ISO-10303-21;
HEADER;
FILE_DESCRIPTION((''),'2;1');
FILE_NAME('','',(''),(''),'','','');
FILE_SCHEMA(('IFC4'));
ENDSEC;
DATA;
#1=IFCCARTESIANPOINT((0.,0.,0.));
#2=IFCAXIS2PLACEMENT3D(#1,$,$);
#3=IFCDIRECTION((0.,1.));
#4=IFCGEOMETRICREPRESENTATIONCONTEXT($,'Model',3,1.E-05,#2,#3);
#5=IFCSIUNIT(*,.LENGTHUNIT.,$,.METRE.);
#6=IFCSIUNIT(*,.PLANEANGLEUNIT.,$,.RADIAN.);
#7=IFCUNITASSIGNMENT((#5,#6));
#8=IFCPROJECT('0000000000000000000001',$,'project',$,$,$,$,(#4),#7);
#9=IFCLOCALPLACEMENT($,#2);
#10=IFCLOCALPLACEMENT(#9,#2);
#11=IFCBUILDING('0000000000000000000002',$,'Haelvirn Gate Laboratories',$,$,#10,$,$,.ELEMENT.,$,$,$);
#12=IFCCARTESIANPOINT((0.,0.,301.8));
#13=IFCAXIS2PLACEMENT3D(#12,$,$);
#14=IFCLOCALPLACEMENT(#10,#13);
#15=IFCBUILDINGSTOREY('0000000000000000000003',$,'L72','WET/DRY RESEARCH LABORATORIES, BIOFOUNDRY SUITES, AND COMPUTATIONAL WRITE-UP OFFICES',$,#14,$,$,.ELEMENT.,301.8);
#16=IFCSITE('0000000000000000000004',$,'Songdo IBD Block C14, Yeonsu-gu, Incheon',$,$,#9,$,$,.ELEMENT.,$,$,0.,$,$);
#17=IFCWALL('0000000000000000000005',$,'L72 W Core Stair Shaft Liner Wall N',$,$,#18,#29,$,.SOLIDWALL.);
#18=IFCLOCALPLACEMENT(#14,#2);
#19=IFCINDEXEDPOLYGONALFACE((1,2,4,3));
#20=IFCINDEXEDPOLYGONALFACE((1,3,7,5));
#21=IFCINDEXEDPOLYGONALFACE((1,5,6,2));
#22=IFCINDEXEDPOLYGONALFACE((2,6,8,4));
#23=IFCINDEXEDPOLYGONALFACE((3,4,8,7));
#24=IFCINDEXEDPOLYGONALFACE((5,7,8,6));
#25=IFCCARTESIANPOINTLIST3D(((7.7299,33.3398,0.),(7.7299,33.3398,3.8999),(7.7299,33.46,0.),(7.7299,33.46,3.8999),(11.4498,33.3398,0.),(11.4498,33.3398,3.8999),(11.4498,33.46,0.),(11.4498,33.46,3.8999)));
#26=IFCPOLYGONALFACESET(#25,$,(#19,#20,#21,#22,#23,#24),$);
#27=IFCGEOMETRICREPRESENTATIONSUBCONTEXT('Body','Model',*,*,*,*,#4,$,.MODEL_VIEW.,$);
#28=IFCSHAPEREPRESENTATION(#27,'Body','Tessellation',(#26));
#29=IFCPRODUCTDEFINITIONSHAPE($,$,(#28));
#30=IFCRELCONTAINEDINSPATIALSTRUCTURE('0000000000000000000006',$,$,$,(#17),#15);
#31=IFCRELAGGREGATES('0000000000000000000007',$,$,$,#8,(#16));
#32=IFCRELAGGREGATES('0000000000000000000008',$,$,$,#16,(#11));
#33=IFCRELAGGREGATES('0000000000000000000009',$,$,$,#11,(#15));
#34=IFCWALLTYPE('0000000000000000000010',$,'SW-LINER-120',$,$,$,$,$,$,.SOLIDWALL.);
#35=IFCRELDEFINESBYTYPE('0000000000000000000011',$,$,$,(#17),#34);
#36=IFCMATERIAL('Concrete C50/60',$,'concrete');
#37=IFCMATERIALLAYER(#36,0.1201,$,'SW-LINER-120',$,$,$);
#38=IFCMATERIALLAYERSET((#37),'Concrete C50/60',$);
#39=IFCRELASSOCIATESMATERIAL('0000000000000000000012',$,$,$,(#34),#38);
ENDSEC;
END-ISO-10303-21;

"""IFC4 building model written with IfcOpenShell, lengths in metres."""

from ifc_helpers import new_model, si_unit, direction, frame, frame_2d, origin, place, context, subcontext, project, spatial, rectangle, extrude, material, layer, layer_set, type_object, element, save


model = new_model("IFC4")

# Units and contexts
model_context = context("Model", 3, precision=1e-05, world=origin(), true_north=direction((0.0, 1.0)))
body_context = subcontext(model_context, "Body", "Model", "MODEL_VIEW")
ifc_project = project(units=[si_unit("LENGTHUNIT", "METRE"), si_unit("PLANEANGLEUNIT", "RADIAN")], contexts=[model_context])

# Site, building, storey
site_placement = place(None, origin())
site = spatial("IfcSite", under=ifc_project, at=site_placement, Name="Songdo IBD Block C14, Yeonsu-gu, Incheon", CompositionType="ELEMENT", RefElevation=0.0)
building_placement = place(site_placement, origin())
building = spatial("IfcBuilding", under=site, at=building_placement, Name="Haelvirn Gate Laboratories", CompositionType="ELEMENT")
storey_placement = place(building_placement, frame((0.0, 0.0, 301.8)))
storey = spatial("IfcBuildingStorey", under=building, at=storey_placement, Name="L72", Description="WET/DRY RESEARCH LABORATORIES, BIOFOUNDRY SUITES, AND COMPUTATIONAL WRITE-UP OFFICES", CompositionType="ELEMENT", Elevation=301.8)

# Shared definitions
ifc_material_1 = material(Name="Concrete C50/60", Category="concrete")

# Wall
ifc_layer_1 = layer(ifc_material_1, 0.1201, Name="SW-LINER-120")
ifc_layer_set_1 = layer_set([ifc_layer_1], Name="Concrete C50/60")
wall_type_1 = type_object("IfcWallType", Name="SW-LINER-120", PredefinedType="SOLIDWALL", material=ifc_layer_set_1)
wall_1_placement = place(storey_placement, frame((7.73, 33.3999, 0.0), z_axis=(0.0, 0.0, 1.0), x_axis=(1.0, 0.0, 0.0)))
element("IfcWall", 1, at=wall_1_placement, inside=storey, type_object=wall_type_1, Name="L72 W Core Stair Shaft Liner Wall N", PredefinedType="SOLIDWALL", context=body_context, shape_type="SweptSolid", body=[
    extrude(rectangle(XDim=3.72, YDim=0.1201, at=frame_2d((1.8599, 0.0))), origin(), (0.0, 0.0, 1.0), 3.8999),
])

save(model, "model.ifc")
